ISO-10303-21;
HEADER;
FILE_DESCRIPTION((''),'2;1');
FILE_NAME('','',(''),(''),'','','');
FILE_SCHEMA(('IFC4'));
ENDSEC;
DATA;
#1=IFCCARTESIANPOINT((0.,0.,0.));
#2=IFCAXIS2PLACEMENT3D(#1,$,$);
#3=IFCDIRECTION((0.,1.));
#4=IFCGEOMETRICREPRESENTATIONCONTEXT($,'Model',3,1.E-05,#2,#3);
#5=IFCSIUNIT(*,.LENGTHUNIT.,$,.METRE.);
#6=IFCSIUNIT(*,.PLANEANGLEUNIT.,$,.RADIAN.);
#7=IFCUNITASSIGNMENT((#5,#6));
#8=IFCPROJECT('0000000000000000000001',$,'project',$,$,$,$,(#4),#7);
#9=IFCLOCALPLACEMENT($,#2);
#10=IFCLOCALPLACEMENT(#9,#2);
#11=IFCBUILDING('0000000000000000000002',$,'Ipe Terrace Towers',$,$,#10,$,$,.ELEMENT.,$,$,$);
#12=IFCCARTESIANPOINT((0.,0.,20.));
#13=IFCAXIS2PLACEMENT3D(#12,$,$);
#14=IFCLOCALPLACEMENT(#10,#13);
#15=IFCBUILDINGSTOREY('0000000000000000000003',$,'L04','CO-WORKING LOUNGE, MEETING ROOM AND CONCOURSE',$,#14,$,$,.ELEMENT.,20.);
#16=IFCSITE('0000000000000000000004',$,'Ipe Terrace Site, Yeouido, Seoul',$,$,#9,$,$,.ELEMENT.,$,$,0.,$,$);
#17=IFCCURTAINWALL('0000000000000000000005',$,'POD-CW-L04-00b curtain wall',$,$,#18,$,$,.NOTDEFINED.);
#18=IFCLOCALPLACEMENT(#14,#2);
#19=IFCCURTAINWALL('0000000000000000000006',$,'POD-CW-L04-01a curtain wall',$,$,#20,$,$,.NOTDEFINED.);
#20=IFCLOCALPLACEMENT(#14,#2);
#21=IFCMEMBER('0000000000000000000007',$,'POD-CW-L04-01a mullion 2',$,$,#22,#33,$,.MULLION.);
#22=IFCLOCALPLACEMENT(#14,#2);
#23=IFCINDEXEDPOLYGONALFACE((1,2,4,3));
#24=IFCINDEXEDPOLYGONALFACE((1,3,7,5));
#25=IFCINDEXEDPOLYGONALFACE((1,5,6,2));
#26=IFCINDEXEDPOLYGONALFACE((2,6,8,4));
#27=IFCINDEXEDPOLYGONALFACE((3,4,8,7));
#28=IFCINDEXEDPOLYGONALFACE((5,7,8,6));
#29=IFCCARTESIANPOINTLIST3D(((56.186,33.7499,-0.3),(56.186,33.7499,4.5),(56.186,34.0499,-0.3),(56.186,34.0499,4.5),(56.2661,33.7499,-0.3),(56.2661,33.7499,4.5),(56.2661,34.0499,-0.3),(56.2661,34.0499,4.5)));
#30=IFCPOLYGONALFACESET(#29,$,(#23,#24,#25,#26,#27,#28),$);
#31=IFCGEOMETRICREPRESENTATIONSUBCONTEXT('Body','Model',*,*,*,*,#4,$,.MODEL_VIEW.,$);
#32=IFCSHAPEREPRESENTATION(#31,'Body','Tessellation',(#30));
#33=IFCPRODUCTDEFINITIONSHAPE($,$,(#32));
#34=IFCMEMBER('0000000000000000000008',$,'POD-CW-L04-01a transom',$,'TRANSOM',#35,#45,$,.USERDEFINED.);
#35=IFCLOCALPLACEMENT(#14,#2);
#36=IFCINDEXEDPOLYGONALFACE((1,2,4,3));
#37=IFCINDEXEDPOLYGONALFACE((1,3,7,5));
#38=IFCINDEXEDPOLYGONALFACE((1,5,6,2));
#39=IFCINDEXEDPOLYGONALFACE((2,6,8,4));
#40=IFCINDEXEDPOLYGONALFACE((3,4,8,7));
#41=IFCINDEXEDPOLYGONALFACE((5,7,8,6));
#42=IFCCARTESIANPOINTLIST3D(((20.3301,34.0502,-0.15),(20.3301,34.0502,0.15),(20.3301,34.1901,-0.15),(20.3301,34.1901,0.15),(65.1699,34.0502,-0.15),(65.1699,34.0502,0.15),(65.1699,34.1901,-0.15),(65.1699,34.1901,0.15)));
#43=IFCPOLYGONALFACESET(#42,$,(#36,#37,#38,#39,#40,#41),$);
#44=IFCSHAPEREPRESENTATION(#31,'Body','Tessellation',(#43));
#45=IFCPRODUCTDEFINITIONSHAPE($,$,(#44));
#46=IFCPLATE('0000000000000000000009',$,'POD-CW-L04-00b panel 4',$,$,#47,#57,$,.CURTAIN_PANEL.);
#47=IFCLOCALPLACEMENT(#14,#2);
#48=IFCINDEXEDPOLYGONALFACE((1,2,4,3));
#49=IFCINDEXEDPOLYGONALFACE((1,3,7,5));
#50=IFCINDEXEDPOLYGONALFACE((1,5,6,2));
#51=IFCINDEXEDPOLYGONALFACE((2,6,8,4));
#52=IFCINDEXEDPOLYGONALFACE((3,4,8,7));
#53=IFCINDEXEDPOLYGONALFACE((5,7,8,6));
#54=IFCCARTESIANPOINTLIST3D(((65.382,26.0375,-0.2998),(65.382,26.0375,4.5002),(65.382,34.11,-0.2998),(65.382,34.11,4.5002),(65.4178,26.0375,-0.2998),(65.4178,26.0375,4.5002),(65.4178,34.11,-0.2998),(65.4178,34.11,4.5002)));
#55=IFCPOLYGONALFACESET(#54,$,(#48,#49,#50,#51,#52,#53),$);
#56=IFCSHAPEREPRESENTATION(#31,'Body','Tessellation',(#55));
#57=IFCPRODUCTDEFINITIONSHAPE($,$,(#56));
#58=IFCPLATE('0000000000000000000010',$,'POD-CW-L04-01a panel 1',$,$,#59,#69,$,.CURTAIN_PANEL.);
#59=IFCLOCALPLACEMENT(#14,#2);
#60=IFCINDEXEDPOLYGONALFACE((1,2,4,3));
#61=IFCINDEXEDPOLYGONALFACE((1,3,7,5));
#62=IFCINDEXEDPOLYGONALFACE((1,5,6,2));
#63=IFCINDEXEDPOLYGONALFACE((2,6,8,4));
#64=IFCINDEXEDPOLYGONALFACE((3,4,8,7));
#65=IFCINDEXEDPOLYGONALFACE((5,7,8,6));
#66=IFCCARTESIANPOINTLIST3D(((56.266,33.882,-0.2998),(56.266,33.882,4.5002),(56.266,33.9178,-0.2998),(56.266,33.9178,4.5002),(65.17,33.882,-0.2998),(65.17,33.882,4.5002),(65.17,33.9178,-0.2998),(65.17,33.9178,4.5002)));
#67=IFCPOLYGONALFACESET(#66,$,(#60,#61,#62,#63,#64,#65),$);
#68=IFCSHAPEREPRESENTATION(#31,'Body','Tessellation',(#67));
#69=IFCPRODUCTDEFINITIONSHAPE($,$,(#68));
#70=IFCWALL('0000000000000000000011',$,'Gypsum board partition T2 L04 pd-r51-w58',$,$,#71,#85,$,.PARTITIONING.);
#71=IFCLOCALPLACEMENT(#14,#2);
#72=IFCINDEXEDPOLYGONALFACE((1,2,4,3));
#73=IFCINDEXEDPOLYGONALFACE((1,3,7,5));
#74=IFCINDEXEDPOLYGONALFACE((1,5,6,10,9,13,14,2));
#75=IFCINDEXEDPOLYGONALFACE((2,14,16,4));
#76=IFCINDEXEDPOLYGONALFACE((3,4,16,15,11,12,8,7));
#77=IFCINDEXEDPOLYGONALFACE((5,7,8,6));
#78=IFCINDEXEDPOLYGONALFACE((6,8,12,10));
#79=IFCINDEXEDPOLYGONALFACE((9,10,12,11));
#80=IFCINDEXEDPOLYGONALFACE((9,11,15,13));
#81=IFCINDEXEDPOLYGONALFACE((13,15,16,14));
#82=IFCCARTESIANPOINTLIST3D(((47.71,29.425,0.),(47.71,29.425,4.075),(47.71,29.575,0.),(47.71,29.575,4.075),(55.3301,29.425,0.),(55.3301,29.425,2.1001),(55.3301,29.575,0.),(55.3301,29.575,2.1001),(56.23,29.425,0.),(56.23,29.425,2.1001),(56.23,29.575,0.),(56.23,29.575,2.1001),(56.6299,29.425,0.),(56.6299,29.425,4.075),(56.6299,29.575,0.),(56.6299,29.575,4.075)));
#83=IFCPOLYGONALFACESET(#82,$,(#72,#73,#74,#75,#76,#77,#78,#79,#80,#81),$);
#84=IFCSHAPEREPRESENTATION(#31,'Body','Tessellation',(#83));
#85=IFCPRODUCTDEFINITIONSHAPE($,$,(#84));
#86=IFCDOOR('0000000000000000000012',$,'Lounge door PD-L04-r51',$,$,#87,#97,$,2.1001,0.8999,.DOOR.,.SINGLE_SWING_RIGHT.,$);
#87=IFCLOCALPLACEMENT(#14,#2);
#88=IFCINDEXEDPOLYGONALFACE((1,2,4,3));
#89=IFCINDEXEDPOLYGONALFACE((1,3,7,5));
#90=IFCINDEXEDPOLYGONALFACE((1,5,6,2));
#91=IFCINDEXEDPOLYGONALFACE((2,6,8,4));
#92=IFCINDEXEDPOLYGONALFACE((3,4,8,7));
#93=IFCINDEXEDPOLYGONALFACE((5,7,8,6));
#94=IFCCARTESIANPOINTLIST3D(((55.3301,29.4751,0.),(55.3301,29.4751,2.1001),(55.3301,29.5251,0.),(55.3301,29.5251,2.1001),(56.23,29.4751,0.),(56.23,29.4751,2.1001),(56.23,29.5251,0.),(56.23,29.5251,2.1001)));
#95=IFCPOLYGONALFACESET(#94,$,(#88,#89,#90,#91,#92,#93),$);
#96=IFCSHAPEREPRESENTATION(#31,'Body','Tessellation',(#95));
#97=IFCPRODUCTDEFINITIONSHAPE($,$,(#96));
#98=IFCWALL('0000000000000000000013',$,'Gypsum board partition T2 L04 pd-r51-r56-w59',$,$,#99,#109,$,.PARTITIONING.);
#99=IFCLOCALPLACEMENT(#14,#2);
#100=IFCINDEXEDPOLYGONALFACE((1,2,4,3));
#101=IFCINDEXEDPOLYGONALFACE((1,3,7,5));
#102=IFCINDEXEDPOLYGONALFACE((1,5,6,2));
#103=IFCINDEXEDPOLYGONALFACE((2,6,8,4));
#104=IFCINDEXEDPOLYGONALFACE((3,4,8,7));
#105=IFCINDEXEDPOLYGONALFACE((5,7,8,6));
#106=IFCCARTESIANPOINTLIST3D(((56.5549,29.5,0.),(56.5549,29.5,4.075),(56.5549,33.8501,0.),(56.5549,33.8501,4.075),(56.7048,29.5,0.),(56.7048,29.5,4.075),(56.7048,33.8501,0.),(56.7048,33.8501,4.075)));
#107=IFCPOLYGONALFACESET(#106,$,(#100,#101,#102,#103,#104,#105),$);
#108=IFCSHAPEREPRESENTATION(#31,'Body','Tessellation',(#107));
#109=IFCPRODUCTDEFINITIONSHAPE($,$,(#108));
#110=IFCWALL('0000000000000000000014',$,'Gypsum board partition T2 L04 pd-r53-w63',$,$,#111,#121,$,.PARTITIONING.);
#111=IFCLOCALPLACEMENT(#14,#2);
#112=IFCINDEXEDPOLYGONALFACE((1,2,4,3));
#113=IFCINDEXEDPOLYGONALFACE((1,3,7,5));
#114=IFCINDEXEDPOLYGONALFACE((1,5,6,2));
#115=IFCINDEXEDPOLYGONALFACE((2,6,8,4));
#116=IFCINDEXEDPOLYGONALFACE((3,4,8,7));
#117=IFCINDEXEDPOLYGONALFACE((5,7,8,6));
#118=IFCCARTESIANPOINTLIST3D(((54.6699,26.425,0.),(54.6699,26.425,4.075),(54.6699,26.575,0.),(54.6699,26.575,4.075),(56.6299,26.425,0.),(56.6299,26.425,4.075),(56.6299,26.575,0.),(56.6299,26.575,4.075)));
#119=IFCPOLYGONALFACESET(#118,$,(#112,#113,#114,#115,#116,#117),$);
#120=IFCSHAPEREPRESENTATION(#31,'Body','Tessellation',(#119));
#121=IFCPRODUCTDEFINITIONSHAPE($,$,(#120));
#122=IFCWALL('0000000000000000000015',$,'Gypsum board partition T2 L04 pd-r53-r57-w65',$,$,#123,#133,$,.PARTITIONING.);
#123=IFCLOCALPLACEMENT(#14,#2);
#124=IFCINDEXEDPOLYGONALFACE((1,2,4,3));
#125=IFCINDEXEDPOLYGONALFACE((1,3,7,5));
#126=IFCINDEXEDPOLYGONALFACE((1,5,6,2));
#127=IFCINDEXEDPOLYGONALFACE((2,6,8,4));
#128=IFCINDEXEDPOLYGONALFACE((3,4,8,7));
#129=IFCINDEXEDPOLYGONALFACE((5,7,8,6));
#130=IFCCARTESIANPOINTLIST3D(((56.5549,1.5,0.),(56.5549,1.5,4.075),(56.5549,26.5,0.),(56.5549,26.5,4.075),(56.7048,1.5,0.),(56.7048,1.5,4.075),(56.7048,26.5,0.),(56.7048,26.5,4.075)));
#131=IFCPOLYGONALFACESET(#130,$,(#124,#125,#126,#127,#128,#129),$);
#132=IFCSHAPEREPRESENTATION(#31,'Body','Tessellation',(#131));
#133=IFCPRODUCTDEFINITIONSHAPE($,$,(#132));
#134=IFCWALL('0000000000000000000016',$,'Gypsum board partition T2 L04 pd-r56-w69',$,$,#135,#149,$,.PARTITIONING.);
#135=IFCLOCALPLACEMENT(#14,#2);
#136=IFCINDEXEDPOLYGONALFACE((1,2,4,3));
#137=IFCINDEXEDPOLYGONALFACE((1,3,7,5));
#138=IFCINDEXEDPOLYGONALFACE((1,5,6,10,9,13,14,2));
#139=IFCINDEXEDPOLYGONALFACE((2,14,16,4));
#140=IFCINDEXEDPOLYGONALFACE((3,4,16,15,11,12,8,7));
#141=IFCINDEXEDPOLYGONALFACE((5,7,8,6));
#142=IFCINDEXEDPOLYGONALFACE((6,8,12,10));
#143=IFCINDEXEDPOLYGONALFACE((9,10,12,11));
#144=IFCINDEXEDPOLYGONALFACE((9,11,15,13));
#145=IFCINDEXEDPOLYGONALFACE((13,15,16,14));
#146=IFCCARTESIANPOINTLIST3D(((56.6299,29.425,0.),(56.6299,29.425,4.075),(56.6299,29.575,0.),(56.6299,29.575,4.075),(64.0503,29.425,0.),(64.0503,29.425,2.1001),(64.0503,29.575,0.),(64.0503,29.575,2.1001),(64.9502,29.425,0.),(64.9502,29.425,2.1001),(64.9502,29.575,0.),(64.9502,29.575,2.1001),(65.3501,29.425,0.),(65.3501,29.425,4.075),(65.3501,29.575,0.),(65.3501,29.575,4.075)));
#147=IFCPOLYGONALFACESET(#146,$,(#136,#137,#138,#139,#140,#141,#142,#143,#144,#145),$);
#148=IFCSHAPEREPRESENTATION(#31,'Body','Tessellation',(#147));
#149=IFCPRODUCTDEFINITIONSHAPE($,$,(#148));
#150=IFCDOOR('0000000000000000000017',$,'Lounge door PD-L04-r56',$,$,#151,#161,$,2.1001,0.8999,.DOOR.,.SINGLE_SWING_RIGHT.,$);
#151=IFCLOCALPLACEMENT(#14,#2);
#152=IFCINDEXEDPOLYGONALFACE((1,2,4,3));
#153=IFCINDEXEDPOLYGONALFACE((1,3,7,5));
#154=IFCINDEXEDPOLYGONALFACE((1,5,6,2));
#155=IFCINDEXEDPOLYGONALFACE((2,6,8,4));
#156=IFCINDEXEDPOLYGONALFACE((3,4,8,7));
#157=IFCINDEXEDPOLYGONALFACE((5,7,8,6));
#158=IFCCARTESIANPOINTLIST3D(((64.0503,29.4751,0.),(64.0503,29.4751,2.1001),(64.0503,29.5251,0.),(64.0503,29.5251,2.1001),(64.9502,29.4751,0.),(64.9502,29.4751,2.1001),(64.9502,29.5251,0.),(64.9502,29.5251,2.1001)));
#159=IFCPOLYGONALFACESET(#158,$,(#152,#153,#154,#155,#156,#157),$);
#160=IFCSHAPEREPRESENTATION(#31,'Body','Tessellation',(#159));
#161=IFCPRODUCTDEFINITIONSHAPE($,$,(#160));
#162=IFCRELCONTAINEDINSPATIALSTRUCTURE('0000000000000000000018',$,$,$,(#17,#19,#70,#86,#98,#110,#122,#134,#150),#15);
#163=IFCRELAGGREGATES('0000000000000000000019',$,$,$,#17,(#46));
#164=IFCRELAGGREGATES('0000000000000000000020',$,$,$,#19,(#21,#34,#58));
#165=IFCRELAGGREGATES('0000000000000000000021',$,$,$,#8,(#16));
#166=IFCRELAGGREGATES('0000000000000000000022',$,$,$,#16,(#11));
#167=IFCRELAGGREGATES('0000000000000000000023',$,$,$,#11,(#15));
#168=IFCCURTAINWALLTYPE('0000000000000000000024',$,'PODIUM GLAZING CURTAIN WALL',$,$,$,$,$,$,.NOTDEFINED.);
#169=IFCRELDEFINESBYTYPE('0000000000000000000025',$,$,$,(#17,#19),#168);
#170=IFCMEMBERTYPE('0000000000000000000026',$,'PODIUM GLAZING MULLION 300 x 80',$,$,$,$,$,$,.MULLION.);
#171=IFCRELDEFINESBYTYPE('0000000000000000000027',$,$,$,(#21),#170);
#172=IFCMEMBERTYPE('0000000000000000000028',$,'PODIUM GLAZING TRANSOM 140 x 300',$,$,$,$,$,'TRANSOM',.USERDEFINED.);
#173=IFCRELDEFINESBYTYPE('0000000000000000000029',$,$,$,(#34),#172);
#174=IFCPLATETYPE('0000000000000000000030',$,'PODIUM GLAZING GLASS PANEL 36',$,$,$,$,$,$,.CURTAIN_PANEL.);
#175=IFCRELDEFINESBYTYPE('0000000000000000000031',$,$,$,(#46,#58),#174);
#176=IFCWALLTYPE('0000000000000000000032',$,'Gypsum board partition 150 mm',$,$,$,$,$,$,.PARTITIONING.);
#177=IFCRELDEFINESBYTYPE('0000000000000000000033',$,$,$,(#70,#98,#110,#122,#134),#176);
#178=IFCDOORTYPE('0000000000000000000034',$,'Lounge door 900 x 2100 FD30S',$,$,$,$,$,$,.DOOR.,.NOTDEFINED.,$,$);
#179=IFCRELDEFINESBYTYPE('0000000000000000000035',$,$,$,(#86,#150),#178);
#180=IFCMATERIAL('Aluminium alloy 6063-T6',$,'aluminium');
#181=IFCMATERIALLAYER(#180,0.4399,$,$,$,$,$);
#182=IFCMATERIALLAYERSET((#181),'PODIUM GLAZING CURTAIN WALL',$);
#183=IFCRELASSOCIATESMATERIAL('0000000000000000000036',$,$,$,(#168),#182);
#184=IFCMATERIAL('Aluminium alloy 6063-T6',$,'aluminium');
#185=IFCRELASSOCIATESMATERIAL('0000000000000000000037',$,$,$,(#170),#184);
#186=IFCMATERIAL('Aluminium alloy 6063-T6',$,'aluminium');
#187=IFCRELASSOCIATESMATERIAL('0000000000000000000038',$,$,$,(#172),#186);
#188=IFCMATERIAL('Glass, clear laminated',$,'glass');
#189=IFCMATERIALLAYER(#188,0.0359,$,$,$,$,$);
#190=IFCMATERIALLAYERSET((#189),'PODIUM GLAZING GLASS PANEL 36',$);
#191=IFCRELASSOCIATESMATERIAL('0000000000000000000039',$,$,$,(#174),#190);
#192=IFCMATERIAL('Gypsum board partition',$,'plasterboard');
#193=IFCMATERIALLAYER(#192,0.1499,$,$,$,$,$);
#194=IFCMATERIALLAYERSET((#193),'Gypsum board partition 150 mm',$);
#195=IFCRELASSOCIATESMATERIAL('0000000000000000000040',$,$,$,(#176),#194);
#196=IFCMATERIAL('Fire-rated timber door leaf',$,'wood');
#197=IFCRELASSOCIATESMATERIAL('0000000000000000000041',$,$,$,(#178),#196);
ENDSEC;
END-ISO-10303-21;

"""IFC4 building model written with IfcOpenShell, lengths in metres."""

from ifc_helpers import new_model, si_unit, direction, frame, frame_2d, origin, origin_2d, place, context, subcontext, project, spatial, rectangle, extrude, material, layer, layer_set, material_profile, profile_set, type_object, element, fill, aggregate, save


model = new_model("IFC4")

# Units and contexts
model_context = context("Model", 3, precision=1e-05, world=origin(), true_north=direction((0.0, 1.0)))
body_context = subcontext(model_context, "Body", "Model", "MODEL_VIEW")
ifc_project = project(units=[si_unit("LENGTHUNIT", "METRE"), si_unit("PLANEANGLEUNIT", "RADIAN")], contexts=[model_context])

# Site, building, storey
site_placement = place(None, origin())
site = spatial("IfcSite", under=ifc_project, at=site_placement, Name="Ipe Terrace Site, Yeouido, Seoul", CompositionType="ELEMENT", RefElevation=0.0)
building_placement = place(site_placement, origin())
building = spatial("IfcBuilding", under=site, at=building_placement, Name="Ipe Terrace Towers", CompositionType="ELEMENT")
storey_placement = place(building_placement, frame((0.0, 0.0, 20.0)))
storey = spatial("IfcBuildingStorey", under=building, at=storey_placement, Name="L04", Description="CO-WORKING LOUNGE, MEETING ROOM AND CONCOURSE", CompositionType="ELEMENT", Elevation=20.0)

# Curtain walls, members
ifc_material_1 = material(Name="Aluminium alloy 6063-T6", Category="aluminium")
ifc_layer_1 = layer(ifc_material_1, 0.4399)
ifc_layer_set_1 = layer_set([ifc_layer_1], Name="PODIUM GLAZING CURTAIN WALL")
curtain_wall_type = type_object("IfcCurtainWallType", Name="PODIUM GLAZING CURTAIN WALL", PredefinedType="NOTDEFINED", material=ifc_layer_set_1)
curtain_wall_1_placement = place(storey_placement, origin())
curtain_wall_1 = element("IfcCurtainWall", 1, at=curtain_wall_1_placement, inside=storey, type_object=curtain_wall_type, Name="POD-CW-L04-00b curtain wall", PredefinedType="NOTDEFINED")
ifc_material_2 = material(Name="Aluminium alloy 6063-T6", Category="aluminium")
ifc_material_profile_1 = material_profile(ifc_material_2, rectangle(XDim=0.3, YDim=0.0801, at=origin_2d()), Name="PODIUM GLAZING MULLION 300 x 80")
ifc_profile_set_1 = profile_set([ifc_material_profile_1], Name="Aluminium alloy 6063-T6")
member_type_1 = type_object("IfcMemberType", Name="PODIUM GLAZING MULLION 300 x 80", PredefinedType="MULLION", material=ifc_profile_set_1)
curtain_wall_2_placement = place(storey_placement, origin())
curtain_wall_2 = element("IfcCurtainWall", 2, at=curtain_wall_2_placement, inside=storey, type_object=curtain_wall_type, Name="POD-CW-L04-01a curtain wall", PredefinedType="NOTDEFINED")
member_1_placement = place(storey_placement, frame((56.2261, 33.8999, -0.3), z_axis=(0.0, 0.0, 1.0), x_axis=(0.0, 1.0, 0.0)))
member_1 = element("IfcMember", 3, at=member_1_placement, type_object=member_type_1, Name="POD-CW-L04-01a mullion 2", PredefinedType="MULLION", context=body_context, shape_type="SweptSolid", body=[
    extrude(rectangle(XDim=0.3, YDim=0.0801, at=origin_2d()), origin(), (0.0, 0.0, 1.0), 4.8),
])
ifc_material_3 = material(Name="Aluminium alloy 6063-T6", Category="aluminium")
ifc_material_profile_2 = material_profile(ifc_material_3, rectangle(XDim=0.1399, YDim=0.3, at=origin_2d()), Name="PODIUM GLAZING TRANSOM 140 x 300")
ifc_profile_set_2 = profile_set([ifc_material_profile_2], Name="Aluminium alloy 6063-T6")
member_type_2 = type_object("IfcMemberType", Name="PODIUM GLAZING TRANSOM 140 x 300", ElementType="TRANSOM", PredefinedType="USERDEFINED", material=ifc_profile_set_2)
member_2_placement = place(storey_placement, frame((65.1699, 34.1201, 0.0), z_axis=(-1.0, 0.0, 0.0), x_axis=(0.0, 1.0, 0.0)))
member_2 = element("IfcMember", 4, at=member_2_placement, type_object=member_type_2, Name="POD-CW-L04-01a transom", ObjectType="TRANSOM", PredefinedType="USERDEFINED", context=body_context, shape_type="SweptSolid", body=[
    extrude(rectangle(XDim=0.1399, YDim=0.3, at=origin_2d()), origin(), (0.0, 0.0, 1.0), 44.8398),
])

# Plates
ifc_material_4 = material(Name="Glass, clear laminated", Category="glass")
ifc_layer_2 = layer(ifc_material_4, 0.0359)
ifc_layer_set_2 = layer_set([ifc_layer_2], Name="PODIUM GLAZING GLASS PANEL 36")
plate_type = type_object("IfcPlateType", Name="PODIUM GLAZING GLASS PANEL 36", PredefinedType="CURTAIN_PANEL", material=ifc_layer_set_2)
plate_1_placement = place(storey_placement, frame((65.3999, 30.0737, -0.2998), z_axis=(0.0, 0.0, 1.0), x_axis=(0.0, 1.0, 0.0)))
plate_1 = element("IfcPlate", 5, at=plate_1_placement, type_object=plate_type, Name="POD-CW-L04-00b panel 4", PredefinedType="CURTAIN_PANEL", context=body_context, shape_type="SweptSolid", body=[
    extrude(rectangle(XDim=8.0725, YDim=0.0359, at=origin_2d()), origin(), (0.0, 0.0, 1.0), 4.8),
])
aggregate(curtain_wall_1, [plate_1])
plate_2_placement = place(storey_placement, frame((60.718, 33.8999, -0.2998), z_axis=(0.0, 0.0, 1.0), x_axis=(-1.0, 0.0, 0.0)))
plate_2 = element("IfcPlate", 6, at=plate_2_placement, type_object=plate_type, Name="POD-CW-L04-01a panel 1", PredefinedType="CURTAIN_PANEL", context=body_context, shape_type="SweptSolid", body=[
    extrude(rectangle(XDim=8.9041, YDim=0.0359, at=origin_2d()), origin(), (0.0, 0.0, 1.0), 4.8),
])
aggregate(curtain_wall_2, [member_1, member_2, plate_2])

# Wall, opening, door
ifc_material_5 = material(Name="Gypsum board partition", Category="plasterboard")
ifc_layer_3 = layer(ifc_material_5, 0.1499)
ifc_layer_set_3 = layer_set([ifc_layer_3], Name="Gypsum board partition 150 mm")
wall_type = type_object("IfcWallType", Name="Gypsum board partition 150 mm", PredefinedType="PARTITIONING", material=ifc_layer_set_3)
wall_1_placement = place(storey_placement, frame((56.6299, 29.5, 0.0), z_axis=(0.0, 0.0, 1.0), x_axis=(-1.0, 0.0, 0.0)))
wall_1 = element("IfcWall", 7, at=wall_1_placement, inside=storey, type_object=wall_type, Name="Gypsum board partition T2 L04 pd-r51-w58", PredefinedType="PARTITIONING", context=body_context, shape_type="SweptSolid", body=[
    extrude(rectangle(XDim=8.9199, YDim=0.1499, at=frame_2d((4.46, 0.0))), origin(), (0.0, 0.0, 1.0), 4.075),
])
opening_1_placement = place(wall_1_placement, frame((0.3999, 0.0, 0.0)))
opening_1 = element("IfcOpeningElement", 8, at=opening_1_placement, cuts=wall_1, PredefinedType="OPENING", context=body_context, shape_type="SweptSolid", body=[
    extrude(rectangle(XDim=0.8999, YDim=2.1001, at=frame_2d((0.45, 1.05))), frame((0.0, 0.085, 0.0), z_axis=(0.0, -1.0, 0.0), x_axis=(1.0, 0.0, 0.0)), (0.0, 0.0, 1.0), 0.1699),
])
ifc_material_6 = material(Name="Fire-rated timber door leaf", Category="wood")
door_type_1 = type_object("IfcDoorType", Name="Lounge door 900 x 2100 FD30S", OperationType="NOTDEFINED", PredefinedType="DOOR", material=ifc_material_6)
door_1_placement = place(opening_1_placement, origin())
door_1 = element("IfcDoor", 9, at=door_1_placement, inside=storey, type_object=door_type_1, Name="Lounge door PD-L04-r51", OperationType="SINGLE_SWING_RIGHT", OverallHeight=2.1001, OverallWidth=0.8999, PredefinedType="DOOR", context=body_context, shape_type="SweptSolid", body=[
    extrude(rectangle(XDim=0.8999, YDim=2.1001, at=frame_2d((0.45, 1.05))), frame((0.0, 0.0249, 0.0), z_axis=(0.0, -1.0, 0.0), x_axis=(1.0, 0.0, 0.0)), (0.0, 0.0, 1.0), 0.05),
])
fill(opening_1, door_1)

# Walls
wall_2_placement = place(storey_placement, frame((56.6299, 33.8501, 0.0), z_axis=(0.0, 0.0, 1.0), x_axis=(0.0, -1.0, 0.0)))
element("IfcWall", 10, at=wall_2_placement, inside=storey, type_object=wall_type, Name="Gypsum board partition T2 L04 pd-r51-r56-w59", PredefinedType="PARTITIONING", context=body_context, shape_type="SweptSolid", body=[
    extrude(rectangle(XDim=4.3501, YDim=0.1499, at=frame_2d((2.175, 0.0))), origin(), (0.0, 0.0, 1.0), 4.075),
])
wall_3_placement = place(storey_placement, frame((54.6699, 26.5, 0.0), z_axis=(0.0, 0.0, 1.0), x_axis=(1.0, 0.0, 0.0)))
element("IfcWall", 11, at=wall_3_placement, inside=storey, type_object=wall_type, Name="Gypsum board partition T2 L04 pd-r53-w63", PredefinedType="PARTITIONING", context=body_context, shape_type="SweptSolid", body=[
    extrude(rectangle(XDim=1.96, YDim=0.1499, at=frame_2d((0.98, 0.0))), origin(), (0.0, 0.0, 1.0), 4.075),
])
wall_4_placement = place(storey_placement, frame((56.6299, 26.5, 0.0), z_axis=(0.0, 0.0, 1.0), x_axis=(0.0, -1.0, 0.0)))
element("IfcWall", 12, at=wall_4_placement, inside=storey, type_object=wall_type, Name="Gypsum board partition T2 L04 pd-r53-r57-w65", PredefinedType="PARTITIONING", context=body_context, shape_type="SweptSolid", body=[
    extrude(rectangle(XDim=25.0, YDim=0.1499, at=frame_2d((12.5, 0.0))), origin(), (0.0, 0.0, 1.0), 4.075),
])

# Wall, opening, door
wall_5_placement = place(storey_placement, frame((65.3501, 29.5, 0.0), z_axis=(0.0, 0.0, 1.0), x_axis=(-1.0, 0.0, 0.0)))
wall_5 = element("IfcWall", 13, at=wall_5_placement, inside=storey, type_object=wall_type, Name="Gypsum board partition T2 L04 pd-r56-w69", PredefinedType="PARTITIONING", context=body_context, shape_type="SweptSolid", body=[
    extrude(rectangle(XDim=8.7202, YDim=0.1499, at=frame_2d((4.3601, 0.0))), origin(), (0.0, 0.0, 1.0), 4.075),
])
opening_2_placement = place(wall_5_placement, frame((0.3999, 0.0, 0.0)))
opening_2 = element("IfcOpeningElement", 14, at=opening_2_placement, cuts=wall_5, PredefinedType="OPENING", context=body_context, shape_type="SweptSolid", body=[
    extrude(rectangle(XDim=0.8999, YDim=2.1001, at=frame_2d((0.45, 1.05))), frame((0.0, 0.085, 0.0), z_axis=(0.0, -1.0, 0.0), x_axis=(1.0, 0.0, 0.0)), (0.0, 0.0, 1.0), 0.1699),
])
door_2_placement = place(opening_2_placement, origin())
door_2 = element("IfcDoor", 15, at=door_2_placement, inside=storey, type_object=door_type_1, Name="Lounge door PD-L04-r56", OperationType="SINGLE_SWING_RIGHT", OverallHeight=2.1001, OverallWidth=0.8999, PredefinedType="DOOR", context=body_context, shape_type="SweptSolid", body=[
    extrude(rectangle(XDim=0.8999, YDim=2.1001, at=frame_2d((0.45, 1.05))), frame((0.0, 0.0249, 0.0), z_axis=(0.0, -1.0, 0.0), x_axis=(1.0, 0.0, 0.0)), (0.0, 0.0, 1.0), 0.05),
])
fill(opening_2, door_2)

save(model, "model.ifc")
